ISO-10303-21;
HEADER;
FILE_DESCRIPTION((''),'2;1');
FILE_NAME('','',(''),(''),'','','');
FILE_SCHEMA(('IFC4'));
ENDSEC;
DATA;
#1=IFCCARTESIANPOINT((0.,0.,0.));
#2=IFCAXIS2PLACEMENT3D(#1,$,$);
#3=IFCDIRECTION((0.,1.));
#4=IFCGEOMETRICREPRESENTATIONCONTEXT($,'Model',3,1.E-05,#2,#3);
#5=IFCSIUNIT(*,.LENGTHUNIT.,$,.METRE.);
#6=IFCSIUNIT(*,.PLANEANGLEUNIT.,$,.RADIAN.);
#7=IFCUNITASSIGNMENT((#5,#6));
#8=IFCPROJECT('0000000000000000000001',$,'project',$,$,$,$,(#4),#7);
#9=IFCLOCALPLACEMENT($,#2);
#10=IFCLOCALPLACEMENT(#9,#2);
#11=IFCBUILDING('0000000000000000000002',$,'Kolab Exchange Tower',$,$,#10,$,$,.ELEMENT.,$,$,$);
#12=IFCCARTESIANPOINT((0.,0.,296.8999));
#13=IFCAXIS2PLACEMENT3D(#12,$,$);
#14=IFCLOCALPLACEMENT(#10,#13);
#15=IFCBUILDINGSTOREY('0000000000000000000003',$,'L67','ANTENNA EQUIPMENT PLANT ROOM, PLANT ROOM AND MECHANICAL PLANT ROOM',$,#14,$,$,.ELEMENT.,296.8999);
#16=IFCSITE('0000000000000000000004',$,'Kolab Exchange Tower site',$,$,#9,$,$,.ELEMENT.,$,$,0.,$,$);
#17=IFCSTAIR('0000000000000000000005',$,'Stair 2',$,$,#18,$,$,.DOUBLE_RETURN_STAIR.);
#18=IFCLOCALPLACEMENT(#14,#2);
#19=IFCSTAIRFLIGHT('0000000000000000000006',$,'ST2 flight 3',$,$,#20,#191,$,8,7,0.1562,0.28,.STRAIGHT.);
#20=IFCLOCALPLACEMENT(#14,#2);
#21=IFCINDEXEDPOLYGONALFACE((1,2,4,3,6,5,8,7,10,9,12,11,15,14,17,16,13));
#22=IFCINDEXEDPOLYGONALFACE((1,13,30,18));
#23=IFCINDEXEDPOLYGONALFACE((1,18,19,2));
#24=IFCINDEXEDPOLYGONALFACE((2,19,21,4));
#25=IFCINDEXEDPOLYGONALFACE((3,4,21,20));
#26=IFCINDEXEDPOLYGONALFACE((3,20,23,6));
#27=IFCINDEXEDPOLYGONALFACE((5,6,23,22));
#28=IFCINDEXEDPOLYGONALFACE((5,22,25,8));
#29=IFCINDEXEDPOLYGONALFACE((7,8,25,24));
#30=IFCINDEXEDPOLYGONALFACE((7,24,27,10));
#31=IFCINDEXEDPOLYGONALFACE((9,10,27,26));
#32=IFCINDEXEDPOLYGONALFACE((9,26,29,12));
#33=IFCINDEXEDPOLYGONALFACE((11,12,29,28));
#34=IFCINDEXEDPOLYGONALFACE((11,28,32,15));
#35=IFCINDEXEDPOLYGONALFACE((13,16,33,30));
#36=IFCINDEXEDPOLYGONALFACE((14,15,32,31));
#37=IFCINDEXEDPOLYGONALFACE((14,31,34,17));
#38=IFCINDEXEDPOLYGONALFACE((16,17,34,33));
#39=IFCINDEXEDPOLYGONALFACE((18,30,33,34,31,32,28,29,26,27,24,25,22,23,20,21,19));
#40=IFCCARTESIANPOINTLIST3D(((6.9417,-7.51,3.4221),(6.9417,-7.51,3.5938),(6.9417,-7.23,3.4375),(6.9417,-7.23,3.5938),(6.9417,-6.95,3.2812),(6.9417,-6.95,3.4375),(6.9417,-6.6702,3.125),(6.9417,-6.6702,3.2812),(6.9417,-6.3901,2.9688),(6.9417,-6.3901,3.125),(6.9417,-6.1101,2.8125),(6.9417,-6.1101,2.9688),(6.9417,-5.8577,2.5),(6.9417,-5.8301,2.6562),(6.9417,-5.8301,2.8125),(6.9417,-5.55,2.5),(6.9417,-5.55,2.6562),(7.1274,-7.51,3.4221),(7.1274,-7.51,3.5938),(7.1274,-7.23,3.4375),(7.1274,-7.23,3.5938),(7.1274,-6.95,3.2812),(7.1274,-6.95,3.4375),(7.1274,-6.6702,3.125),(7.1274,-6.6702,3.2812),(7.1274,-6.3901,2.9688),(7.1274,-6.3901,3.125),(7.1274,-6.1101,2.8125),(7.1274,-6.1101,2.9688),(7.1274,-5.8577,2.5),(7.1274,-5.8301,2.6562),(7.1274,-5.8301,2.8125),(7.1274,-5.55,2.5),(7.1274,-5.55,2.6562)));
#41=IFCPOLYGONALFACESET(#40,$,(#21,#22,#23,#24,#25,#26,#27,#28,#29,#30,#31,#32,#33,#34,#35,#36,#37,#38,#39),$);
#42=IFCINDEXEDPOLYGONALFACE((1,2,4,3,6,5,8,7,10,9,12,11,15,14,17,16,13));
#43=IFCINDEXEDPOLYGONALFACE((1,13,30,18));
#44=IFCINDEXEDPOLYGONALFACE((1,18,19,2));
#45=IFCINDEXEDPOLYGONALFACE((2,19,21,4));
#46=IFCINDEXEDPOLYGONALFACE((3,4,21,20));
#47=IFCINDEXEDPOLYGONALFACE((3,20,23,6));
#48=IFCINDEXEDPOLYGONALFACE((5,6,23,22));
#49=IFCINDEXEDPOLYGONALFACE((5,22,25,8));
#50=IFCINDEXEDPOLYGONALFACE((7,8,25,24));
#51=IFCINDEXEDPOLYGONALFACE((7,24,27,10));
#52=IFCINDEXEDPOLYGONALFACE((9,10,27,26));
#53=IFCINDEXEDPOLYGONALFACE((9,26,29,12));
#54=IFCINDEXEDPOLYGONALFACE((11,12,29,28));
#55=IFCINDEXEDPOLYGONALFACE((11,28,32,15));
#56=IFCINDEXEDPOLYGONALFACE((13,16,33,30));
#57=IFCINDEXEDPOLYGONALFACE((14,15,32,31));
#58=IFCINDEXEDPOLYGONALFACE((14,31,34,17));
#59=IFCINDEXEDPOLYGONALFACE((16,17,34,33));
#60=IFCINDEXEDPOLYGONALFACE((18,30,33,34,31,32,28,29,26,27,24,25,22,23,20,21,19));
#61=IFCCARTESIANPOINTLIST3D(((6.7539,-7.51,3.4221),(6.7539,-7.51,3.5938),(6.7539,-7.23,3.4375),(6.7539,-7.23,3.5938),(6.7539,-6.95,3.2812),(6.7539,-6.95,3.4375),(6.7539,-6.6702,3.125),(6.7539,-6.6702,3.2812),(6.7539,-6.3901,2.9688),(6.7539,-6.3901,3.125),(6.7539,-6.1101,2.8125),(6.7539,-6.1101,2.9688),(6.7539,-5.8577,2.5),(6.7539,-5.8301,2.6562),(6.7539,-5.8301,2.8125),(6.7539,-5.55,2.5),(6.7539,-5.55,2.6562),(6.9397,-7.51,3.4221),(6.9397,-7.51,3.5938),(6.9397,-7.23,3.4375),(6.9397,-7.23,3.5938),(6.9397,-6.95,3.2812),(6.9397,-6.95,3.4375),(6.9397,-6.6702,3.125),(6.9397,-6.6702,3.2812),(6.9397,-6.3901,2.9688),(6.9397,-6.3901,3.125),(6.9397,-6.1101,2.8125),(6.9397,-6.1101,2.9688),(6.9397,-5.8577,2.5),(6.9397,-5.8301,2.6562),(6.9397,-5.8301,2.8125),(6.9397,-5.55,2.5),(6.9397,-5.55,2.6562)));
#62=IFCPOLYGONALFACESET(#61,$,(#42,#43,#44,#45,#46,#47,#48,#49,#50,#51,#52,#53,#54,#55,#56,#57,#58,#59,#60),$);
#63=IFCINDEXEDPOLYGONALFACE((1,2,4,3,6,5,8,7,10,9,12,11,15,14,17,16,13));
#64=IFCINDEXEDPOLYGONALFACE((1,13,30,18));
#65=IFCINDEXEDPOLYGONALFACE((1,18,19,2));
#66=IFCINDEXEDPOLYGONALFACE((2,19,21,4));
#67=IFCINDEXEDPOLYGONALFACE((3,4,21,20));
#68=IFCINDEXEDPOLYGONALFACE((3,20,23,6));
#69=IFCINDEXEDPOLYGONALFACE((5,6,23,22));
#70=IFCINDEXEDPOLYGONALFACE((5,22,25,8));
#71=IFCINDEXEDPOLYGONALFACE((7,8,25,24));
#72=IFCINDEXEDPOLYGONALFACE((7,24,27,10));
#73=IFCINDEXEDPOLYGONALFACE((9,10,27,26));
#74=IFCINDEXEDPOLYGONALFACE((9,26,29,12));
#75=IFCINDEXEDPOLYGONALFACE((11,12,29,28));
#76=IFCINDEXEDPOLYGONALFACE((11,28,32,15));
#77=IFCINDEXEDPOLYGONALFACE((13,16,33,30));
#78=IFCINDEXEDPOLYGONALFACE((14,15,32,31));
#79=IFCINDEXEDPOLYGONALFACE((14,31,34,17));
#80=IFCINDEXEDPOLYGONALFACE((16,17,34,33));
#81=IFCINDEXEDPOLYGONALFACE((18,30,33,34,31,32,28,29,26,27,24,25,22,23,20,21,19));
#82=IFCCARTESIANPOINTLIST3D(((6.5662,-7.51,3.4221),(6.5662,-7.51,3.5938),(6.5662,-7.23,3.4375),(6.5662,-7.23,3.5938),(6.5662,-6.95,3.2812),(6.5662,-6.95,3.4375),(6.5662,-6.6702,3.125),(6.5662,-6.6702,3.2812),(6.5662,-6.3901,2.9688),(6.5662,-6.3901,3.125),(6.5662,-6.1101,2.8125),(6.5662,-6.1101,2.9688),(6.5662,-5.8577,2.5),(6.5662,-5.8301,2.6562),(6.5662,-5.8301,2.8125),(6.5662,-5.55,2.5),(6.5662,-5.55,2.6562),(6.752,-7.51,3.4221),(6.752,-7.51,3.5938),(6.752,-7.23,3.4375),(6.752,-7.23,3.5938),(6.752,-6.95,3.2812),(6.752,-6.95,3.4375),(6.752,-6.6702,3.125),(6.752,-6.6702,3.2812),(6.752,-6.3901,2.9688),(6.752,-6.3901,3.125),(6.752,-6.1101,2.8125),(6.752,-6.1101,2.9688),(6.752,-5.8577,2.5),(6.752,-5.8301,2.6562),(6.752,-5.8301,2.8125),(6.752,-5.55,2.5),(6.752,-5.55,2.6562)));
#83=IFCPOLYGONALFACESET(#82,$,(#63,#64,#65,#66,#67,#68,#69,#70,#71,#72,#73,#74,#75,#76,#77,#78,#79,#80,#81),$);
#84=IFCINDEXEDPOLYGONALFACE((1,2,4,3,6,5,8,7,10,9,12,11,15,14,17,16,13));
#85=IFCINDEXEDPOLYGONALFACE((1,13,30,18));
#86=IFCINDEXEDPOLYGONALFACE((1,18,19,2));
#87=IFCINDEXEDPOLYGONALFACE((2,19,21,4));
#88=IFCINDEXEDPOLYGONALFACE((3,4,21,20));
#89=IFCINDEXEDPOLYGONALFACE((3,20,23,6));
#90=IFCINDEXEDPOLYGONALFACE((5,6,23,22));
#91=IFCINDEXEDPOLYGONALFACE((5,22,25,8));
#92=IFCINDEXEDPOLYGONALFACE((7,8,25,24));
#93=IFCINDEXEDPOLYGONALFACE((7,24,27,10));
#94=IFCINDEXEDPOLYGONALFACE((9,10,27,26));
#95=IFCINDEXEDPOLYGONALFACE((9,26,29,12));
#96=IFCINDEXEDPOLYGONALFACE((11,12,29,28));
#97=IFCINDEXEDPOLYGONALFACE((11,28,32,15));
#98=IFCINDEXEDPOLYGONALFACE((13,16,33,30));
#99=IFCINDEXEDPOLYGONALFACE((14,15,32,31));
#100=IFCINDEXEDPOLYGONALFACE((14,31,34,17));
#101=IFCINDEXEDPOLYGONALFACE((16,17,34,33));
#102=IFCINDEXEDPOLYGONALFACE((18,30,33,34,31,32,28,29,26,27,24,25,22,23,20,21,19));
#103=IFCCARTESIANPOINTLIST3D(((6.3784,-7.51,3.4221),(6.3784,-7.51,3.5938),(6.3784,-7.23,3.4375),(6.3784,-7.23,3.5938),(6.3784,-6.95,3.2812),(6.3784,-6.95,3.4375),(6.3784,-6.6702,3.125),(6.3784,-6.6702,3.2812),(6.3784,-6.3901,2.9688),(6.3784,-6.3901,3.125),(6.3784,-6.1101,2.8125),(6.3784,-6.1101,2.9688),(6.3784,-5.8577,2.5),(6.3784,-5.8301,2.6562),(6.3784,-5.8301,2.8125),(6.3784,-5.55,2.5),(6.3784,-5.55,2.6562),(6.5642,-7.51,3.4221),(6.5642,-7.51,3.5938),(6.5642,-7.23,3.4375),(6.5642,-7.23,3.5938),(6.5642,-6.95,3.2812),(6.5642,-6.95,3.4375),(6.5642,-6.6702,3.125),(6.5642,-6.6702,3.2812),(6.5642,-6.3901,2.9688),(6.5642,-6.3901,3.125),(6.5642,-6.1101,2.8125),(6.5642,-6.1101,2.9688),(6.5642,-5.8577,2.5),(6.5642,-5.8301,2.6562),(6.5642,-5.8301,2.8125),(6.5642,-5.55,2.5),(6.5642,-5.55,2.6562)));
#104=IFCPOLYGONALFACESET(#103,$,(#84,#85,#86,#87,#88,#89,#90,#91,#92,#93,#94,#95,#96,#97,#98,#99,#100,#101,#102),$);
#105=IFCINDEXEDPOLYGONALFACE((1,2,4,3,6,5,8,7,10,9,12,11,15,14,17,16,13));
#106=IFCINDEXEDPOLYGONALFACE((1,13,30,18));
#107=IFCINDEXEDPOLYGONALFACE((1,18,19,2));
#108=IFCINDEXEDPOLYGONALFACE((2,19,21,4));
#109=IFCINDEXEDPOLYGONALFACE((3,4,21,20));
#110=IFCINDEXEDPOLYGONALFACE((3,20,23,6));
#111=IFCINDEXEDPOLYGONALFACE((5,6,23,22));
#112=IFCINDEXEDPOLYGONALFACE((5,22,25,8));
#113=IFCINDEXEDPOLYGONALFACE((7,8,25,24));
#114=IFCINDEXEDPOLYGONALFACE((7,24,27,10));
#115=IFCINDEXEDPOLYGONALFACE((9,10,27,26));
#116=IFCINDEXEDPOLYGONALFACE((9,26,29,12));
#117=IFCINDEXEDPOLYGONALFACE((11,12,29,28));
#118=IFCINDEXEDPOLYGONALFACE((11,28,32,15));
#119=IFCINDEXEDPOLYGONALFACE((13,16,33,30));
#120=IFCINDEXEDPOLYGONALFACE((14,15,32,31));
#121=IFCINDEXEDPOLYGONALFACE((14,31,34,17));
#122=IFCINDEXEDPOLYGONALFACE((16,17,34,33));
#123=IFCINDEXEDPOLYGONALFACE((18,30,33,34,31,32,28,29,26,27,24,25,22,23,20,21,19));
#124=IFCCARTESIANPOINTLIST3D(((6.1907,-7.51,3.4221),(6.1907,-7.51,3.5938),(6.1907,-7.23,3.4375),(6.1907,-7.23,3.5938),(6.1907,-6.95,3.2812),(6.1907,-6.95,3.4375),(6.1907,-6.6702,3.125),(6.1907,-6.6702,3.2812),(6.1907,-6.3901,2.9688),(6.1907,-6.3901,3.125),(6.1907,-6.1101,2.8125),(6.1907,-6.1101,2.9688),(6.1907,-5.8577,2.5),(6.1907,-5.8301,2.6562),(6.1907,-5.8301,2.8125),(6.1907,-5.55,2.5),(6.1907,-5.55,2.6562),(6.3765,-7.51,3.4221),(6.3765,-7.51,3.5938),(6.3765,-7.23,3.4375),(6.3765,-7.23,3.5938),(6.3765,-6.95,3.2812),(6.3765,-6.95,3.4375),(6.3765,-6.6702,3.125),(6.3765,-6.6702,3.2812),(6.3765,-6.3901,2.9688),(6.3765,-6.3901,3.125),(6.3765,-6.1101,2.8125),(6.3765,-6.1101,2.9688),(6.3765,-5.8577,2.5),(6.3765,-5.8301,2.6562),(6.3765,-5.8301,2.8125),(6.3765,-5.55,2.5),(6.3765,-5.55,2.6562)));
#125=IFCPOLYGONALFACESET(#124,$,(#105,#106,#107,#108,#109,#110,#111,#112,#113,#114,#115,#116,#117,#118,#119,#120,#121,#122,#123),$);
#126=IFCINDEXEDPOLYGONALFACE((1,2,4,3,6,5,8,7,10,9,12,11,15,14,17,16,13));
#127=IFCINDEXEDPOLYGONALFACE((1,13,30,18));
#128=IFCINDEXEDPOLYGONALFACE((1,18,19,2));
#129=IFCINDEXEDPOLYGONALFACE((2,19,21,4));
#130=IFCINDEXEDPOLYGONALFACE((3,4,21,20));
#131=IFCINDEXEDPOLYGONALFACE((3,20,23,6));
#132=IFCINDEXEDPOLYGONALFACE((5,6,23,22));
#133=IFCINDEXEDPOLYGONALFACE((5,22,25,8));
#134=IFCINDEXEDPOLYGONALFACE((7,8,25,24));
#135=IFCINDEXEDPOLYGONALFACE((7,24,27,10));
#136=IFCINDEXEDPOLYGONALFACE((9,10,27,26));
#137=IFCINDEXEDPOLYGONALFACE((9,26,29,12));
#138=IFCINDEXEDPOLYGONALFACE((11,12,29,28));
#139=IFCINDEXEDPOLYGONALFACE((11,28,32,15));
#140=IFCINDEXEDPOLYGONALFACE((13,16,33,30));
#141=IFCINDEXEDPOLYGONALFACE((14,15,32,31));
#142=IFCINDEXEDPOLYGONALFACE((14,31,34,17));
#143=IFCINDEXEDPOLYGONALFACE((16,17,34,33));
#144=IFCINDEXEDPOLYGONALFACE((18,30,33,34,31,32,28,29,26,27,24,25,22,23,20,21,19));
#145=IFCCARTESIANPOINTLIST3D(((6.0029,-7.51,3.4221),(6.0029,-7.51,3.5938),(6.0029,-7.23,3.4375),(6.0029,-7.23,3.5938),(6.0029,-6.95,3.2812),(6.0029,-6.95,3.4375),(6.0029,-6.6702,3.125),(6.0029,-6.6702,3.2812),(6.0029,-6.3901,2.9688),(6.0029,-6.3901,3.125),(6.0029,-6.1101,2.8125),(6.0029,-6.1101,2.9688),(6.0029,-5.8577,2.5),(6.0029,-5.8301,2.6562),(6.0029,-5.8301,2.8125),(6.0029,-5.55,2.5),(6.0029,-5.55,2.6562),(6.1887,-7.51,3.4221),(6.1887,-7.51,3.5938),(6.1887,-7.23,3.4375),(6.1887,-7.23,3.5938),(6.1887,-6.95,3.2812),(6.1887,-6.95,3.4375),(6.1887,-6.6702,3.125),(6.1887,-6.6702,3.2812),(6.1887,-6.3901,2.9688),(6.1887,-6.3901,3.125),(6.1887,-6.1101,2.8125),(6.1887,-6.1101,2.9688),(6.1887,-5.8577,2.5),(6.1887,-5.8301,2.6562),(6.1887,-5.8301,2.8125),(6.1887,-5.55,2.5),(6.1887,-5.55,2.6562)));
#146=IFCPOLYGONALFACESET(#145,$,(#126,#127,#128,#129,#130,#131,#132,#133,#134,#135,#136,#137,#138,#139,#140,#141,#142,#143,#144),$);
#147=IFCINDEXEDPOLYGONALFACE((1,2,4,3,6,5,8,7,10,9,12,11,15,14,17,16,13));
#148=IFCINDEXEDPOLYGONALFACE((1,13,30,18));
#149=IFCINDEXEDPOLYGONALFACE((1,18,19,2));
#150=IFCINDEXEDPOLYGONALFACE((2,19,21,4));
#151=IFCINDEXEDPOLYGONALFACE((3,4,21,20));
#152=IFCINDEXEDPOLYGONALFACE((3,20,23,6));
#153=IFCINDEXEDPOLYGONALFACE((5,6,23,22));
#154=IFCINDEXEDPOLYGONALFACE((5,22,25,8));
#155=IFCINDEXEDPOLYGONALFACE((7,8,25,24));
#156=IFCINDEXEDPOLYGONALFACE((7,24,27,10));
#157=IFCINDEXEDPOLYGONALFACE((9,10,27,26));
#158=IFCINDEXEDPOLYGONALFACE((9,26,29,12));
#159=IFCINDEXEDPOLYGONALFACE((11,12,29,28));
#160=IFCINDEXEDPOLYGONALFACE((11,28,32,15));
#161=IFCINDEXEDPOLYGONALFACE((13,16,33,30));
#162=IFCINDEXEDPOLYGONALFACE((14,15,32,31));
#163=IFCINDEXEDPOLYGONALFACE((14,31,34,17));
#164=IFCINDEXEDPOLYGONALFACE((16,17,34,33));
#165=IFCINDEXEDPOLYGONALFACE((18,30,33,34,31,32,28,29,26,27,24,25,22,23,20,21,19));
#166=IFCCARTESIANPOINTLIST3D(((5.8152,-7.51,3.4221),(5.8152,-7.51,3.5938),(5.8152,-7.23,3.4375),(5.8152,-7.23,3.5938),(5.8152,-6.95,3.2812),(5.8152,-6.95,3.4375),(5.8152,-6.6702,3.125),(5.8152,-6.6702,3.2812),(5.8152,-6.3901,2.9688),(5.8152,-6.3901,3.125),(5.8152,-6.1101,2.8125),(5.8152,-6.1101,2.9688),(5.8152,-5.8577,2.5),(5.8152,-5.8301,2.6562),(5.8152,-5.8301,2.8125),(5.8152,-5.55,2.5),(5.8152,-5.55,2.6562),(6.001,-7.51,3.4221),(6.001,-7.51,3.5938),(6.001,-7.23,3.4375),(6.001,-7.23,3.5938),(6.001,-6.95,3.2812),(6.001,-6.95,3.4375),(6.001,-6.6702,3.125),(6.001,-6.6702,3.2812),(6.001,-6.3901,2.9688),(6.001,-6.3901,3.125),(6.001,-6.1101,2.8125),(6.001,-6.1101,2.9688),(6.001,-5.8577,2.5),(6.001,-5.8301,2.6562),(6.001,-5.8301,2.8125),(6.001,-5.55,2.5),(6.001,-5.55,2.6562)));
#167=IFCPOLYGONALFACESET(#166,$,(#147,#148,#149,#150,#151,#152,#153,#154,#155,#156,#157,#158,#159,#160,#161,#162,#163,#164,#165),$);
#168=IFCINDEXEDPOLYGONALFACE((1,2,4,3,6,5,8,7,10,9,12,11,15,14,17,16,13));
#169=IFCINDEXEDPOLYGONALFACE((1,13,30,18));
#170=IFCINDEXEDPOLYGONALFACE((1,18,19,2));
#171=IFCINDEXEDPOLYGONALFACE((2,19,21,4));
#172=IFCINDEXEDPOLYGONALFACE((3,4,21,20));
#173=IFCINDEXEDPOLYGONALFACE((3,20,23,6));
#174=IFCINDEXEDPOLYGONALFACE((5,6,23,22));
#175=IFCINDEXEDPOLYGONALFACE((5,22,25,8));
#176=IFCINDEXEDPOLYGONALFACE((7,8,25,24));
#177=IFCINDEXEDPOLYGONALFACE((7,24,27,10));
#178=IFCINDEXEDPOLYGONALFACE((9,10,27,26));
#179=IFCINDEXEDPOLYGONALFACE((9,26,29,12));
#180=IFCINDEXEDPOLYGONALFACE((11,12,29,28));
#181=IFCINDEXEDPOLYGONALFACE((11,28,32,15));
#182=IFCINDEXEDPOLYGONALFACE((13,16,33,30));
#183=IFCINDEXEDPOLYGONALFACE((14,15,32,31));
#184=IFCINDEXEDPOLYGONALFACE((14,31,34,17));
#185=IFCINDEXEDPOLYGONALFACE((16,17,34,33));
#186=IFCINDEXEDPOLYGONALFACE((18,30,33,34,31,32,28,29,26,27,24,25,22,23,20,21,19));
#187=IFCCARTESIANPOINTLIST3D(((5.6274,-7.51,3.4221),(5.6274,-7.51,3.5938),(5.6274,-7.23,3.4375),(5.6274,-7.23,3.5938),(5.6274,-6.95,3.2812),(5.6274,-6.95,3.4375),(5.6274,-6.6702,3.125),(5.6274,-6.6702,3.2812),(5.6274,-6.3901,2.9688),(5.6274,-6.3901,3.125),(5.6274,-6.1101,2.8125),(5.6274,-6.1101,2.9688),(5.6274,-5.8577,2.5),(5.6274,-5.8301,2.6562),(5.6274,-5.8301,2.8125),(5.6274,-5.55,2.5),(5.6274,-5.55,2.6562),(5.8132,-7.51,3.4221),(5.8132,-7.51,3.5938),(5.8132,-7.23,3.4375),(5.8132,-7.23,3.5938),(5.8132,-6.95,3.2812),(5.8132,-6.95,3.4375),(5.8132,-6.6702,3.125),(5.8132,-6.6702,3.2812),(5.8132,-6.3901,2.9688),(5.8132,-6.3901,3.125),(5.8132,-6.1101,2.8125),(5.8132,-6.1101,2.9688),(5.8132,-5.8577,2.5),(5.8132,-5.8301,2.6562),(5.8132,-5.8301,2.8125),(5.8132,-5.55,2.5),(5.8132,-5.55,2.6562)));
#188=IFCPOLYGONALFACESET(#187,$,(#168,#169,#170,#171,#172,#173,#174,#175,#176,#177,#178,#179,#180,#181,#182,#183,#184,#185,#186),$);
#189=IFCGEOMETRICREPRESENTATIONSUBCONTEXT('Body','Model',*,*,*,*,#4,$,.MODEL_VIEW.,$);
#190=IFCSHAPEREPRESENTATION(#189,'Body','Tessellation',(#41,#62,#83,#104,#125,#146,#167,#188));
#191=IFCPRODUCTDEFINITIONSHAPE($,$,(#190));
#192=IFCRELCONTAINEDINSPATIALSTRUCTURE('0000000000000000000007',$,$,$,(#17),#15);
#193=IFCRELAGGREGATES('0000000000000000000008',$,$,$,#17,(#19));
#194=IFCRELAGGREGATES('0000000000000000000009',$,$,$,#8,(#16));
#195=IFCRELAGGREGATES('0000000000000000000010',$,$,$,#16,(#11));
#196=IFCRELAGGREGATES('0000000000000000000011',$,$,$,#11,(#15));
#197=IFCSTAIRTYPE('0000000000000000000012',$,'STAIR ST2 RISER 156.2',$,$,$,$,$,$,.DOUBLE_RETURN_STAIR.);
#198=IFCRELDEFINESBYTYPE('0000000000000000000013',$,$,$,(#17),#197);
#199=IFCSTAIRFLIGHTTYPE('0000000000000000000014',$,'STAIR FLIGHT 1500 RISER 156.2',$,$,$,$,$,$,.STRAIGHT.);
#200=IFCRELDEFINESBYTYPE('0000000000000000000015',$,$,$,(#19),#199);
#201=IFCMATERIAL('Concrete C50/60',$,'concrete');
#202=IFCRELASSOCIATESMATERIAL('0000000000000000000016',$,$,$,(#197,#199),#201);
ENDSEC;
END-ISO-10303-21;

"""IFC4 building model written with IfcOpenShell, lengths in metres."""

from ifc_helpers import new_model, si_unit, direction, frame, origin, place, context, subcontext, project, spatial, polyline, outline, extrude, material, type_object, element, aggregate, save


model = new_model("IFC4")

# Units and contexts
model_context = context("Model", 3, precision=1e-05, world=origin(), true_north=direction((0.0, 1.0)))
body_context = subcontext(model_context, "Body", "Model", "MODEL_VIEW")
ifc_project = project(units=[si_unit("LENGTHUNIT", "METRE"), si_unit("PLANEANGLEUNIT", "RADIAN")], contexts=[model_context])

# Site, building, storey
site_placement = place(None, origin())
site = spatial("IfcSite", under=ifc_project, at=site_placement, Name="Kolab Exchange Tower site", CompositionType="ELEMENT", RefElevation=0.0)
building_placement = place(site_placement, origin())
building = spatial("IfcBuilding", under=site, at=building_placement, Name="Kolab Exchange Tower", CompositionType="ELEMENT")
storey_placement = place(building_placement, frame((0.0, 0.0, 296.8999)))
storey = spatial("IfcBuildingStorey", under=building, at=storey_placement, Name="L67", Description="ANTENNA EQUIPMENT PLANT ROOM, PLANT ROOM AND MECHANICAL PLANT ROOM", CompositionType="ELEMENT", Elevation=296.8999)

# Shared definitions
ifc_material_1 = material(Name="Concrete C50/60", Category="concrete")

# Stair, stair flight
stair_type = type_object("IfcStairType", Name="STAIR ST2 RISER 156.2", PredefinedType="DOUBLE_RETURN_STAIR", material=ifc_material_1)
stair_placement = place(storey_placement, origin())
stair = element("IfcStair", 1, at=stair_placement, inside=storey, type_object=stair_type, Name="Stair 2", PredefinedType="DOUBLE_RETURN_STAIR")
stair_flight_type = type_object("IfcStairFlightType", Name="STAIR FLIGHT 1500 RISER 156.2", PredefinedType="STRAIGHT", material=ifc_material_1)
stair_flight_1_placement = place(storey_placement, frame((6.3774, -5.55, 2.5), z_axis=(0.0, 0.0, 1.0), x_axis=(0.0, -1.0, 0.0)))
stair_flight_1 = element("IfcStairFlight", 2, at=stair_flight_1_placement, type_object=stair_flight_type, Name="ST2 flight 3", NumberOfRisers=8, NumberOfTreads=7, PredefinedType="STRAIGHT", RiserHeight=0.1562, TreadLength=0.28, context=body_context, shape_type="SweptSolid", body=[
    extrude(outline(polyline([(0.0, 0.0), (0.0, 0.1562), (0.28, 0.1562), (0.28, 0.3125), (0.5601, 0.3125), (0.5601, 0.4688), (0.8401, 0.4688), (0.8401, 0.625), (1.1201, 0.625), (1.1201, 0.7812), (1.3999, 0.7812), (1.3999, 0.9375), (1.6799, 0.9375), (1.6799, 1.0938), (1.96, 1.0938), (1.96, 1.25), (1.96, 0.9221), (0.3076, 0.0), (0.0, 0.0)])), frame((0.0, 0.75, 0.0), z_axis=(0.0, -1.0, 0.0), x_axis=(1.0, 0.0, 0.0)), (0.0, 0.0, 1.0), 0.1858),
    extrude(outline(polyline([(0.0, 0.0), (0.0, 0.1562), (0.28, 0.1562), (0.28, 0.3125), (0.5601, 0.3125), (0.5601, 0.4688), (0.8401, 0.4688), (0.8401, 0.625), (1.1201, 0.625), (1.1201, 0.7812), (1.3999, 0.7812), (1.3999, 0.9375), (1.6799, 0.9375), (1.6799, 1.0938), (1.96, 1.0938), (1.96, 1.25), (1.96, 0.9221), (0.3076, 0.0), (0.0, 0.0)])), frame((0.0, 0.5623, 0.0), z_axis=(0.0, -1.0, 0.0), x_axis=(1.0, 0.0, 0.0)), (0.0, 0.0, 1.0), 0.1858),
    extrude(outline(polyline([(0.0, 0.0), (0.0, 0.1562), (0.28, 0.1562), (0.28, 0.3125), (0.5601, 0.3125), (0.5601, 0.4688), (0.8401, 0.4688), (0.8401, 0.625), (1.1201, 0.625), (1.1201, 0.7812), (1.3999, 0.7812), (1.3999, 0.9375), (1.6799, 0.9375), (1.6799, 1.0938), (1.96, 1.0938), (1.96, 1.25), (1.96, 0.9221), (0.3076, 0.0), (0.0, 0.0)])), frame((0.0, 0.3745, 0.0), z_axis=(0.0, -1.0, 0.0), x_axis=(1.0, 0.0, 0.0)), (0.0, 0.0, 1.0), 0.1858),
    extrude(outline(polyline([(0.0, 0.0), (0.0, 0.1562), (0.28, 0.1562), (0.28, 0.3125), (0.5601, 0.3125), (0.5601, 0.4688), (0.8401, 0.4688), (0.8401, 0.625), (1.1201, 0.625), (1.1201, 0.7812), (1.3999, 0.7812), (1.3999, 0.9375), (1.6799, 0.9375), (1.6799, 1.0938), (1.96, 1.0938), (1.96, 1.25), (1.96, 0.9221), (0.3076, 0.0), (0.0, 0.0)])), frame((0.0, 0.1868, 0.0), z_axis=(0.0, -1.0, 0.0), x_axis=(1.0, 0.0, 0.0)), (0.0, 0.0, 1.0), 0.1858),
    extrude(outline(polyline([(0.0, 0.0), (0.0, 0.1562), (0.28, 0.1562), (0.28, 0.3125), (0.5601, 0.3125), (0.5601, 0.4688), (0.8401, 0.4688), (0.8401, 0.625), (1.1201, 0.625), (1.1201, 0.7812), (1.3999, 0.7812), (1.3999, 0.9375), (1.6799, 0.9375), (1.6799, 1.0938), (1.96, 1.0938), (1.96, 1.25), (1.96, 0.9221), (0.3076, 0.0), (0.0, 0.0)])), frame((0.0, -0.001, 0.0), z_axis=(0.0, -1.0, 0.0), x_axis=(1.0, 0.0, 0.0)), (0.0, 0.0, 1.0), 0.1858),
    extrude(outline(polyline([(0.0, 0.0), (0.0, 0.1562), (0.28, 0.1562), (0.28, 0.3125), (0.5601, 0.3125), (0.5601, 0.4688), (0.8401, 0.4688), (0.8401, 0.625), (1.1201, 0.625), (1.1201, 0.7812), (1.3999, 0.7812), (1.3999, 0.9375), (1.6799, 0.9375), (1.6799, 1.0938), (1.96, 1.0938), (1.96, 1.25), (1.96, 0.9221), (0.3076, 0.0), (0.0, 0.0)])), frame((0.0, -0.1887, 0.0), z_axis=(0.0, -1.0, 0.0), x_axis=(1.0, 0.0, 0.0)), (0.0, 0.0, 1.0), 0.1858),
    extrude(outline(polyline([(0.0, 0.0), (0.0, 0.1562), (0.28, 0.1562), (0.28, 0.3125), (0.5601, 0.3125), (0.5601, 0.4688), (0.8401, 0.4688), (0.8401, 0.625), (1.1201, 0.625), (1.1201, 0.7812), (1.3999, 0.7812), (1.3999, 0.9375), (1.6799, 0.9375), (1.6799, 1.0938), (1.96, 1.0938), (1.96, 1.25), (1.96, 0.9221), (0.3076, 0.0), (0.0, 0.0)])), frame((0.0, -0.3765, 0.0), z_axis=(0.0, -1.0, 0.0), x_axis=(1.0, 0.0, 0.0)), (0.0, 0.0, 1.0), 0.1858),
    extrude(outline(polyline([(0.0, 0.0), (0.0, 0.1562), (0.28, 0.1562), (0.28, 0.3125), (0.5601, 0.3125), (0.5601, 0.4688), (0.8401, 0.4688), (0.8401, 0.625), (1.1201, 0.625), (1.1201, 0.7812), (1.3999, 0.7812), (1.3999, 0.9375), (1.6799, 0.9375), (1.6799, 1.0938), (1.96, 1.0938), (1.96, 1.25), (1.96, 0.9221), (0.3076, 0.0), (0.0, 0.0)])), frame((0.0, -0.5642, 0.0), z_axis=(0.0, -1.0, 0.0), x_axis=(1.0, 0.0, 0.0)), (0.0, 0.0, 1.0), 0.1858),
])
aggregate(stair, [stair_flight_1])

save(model, "model.ifc")
